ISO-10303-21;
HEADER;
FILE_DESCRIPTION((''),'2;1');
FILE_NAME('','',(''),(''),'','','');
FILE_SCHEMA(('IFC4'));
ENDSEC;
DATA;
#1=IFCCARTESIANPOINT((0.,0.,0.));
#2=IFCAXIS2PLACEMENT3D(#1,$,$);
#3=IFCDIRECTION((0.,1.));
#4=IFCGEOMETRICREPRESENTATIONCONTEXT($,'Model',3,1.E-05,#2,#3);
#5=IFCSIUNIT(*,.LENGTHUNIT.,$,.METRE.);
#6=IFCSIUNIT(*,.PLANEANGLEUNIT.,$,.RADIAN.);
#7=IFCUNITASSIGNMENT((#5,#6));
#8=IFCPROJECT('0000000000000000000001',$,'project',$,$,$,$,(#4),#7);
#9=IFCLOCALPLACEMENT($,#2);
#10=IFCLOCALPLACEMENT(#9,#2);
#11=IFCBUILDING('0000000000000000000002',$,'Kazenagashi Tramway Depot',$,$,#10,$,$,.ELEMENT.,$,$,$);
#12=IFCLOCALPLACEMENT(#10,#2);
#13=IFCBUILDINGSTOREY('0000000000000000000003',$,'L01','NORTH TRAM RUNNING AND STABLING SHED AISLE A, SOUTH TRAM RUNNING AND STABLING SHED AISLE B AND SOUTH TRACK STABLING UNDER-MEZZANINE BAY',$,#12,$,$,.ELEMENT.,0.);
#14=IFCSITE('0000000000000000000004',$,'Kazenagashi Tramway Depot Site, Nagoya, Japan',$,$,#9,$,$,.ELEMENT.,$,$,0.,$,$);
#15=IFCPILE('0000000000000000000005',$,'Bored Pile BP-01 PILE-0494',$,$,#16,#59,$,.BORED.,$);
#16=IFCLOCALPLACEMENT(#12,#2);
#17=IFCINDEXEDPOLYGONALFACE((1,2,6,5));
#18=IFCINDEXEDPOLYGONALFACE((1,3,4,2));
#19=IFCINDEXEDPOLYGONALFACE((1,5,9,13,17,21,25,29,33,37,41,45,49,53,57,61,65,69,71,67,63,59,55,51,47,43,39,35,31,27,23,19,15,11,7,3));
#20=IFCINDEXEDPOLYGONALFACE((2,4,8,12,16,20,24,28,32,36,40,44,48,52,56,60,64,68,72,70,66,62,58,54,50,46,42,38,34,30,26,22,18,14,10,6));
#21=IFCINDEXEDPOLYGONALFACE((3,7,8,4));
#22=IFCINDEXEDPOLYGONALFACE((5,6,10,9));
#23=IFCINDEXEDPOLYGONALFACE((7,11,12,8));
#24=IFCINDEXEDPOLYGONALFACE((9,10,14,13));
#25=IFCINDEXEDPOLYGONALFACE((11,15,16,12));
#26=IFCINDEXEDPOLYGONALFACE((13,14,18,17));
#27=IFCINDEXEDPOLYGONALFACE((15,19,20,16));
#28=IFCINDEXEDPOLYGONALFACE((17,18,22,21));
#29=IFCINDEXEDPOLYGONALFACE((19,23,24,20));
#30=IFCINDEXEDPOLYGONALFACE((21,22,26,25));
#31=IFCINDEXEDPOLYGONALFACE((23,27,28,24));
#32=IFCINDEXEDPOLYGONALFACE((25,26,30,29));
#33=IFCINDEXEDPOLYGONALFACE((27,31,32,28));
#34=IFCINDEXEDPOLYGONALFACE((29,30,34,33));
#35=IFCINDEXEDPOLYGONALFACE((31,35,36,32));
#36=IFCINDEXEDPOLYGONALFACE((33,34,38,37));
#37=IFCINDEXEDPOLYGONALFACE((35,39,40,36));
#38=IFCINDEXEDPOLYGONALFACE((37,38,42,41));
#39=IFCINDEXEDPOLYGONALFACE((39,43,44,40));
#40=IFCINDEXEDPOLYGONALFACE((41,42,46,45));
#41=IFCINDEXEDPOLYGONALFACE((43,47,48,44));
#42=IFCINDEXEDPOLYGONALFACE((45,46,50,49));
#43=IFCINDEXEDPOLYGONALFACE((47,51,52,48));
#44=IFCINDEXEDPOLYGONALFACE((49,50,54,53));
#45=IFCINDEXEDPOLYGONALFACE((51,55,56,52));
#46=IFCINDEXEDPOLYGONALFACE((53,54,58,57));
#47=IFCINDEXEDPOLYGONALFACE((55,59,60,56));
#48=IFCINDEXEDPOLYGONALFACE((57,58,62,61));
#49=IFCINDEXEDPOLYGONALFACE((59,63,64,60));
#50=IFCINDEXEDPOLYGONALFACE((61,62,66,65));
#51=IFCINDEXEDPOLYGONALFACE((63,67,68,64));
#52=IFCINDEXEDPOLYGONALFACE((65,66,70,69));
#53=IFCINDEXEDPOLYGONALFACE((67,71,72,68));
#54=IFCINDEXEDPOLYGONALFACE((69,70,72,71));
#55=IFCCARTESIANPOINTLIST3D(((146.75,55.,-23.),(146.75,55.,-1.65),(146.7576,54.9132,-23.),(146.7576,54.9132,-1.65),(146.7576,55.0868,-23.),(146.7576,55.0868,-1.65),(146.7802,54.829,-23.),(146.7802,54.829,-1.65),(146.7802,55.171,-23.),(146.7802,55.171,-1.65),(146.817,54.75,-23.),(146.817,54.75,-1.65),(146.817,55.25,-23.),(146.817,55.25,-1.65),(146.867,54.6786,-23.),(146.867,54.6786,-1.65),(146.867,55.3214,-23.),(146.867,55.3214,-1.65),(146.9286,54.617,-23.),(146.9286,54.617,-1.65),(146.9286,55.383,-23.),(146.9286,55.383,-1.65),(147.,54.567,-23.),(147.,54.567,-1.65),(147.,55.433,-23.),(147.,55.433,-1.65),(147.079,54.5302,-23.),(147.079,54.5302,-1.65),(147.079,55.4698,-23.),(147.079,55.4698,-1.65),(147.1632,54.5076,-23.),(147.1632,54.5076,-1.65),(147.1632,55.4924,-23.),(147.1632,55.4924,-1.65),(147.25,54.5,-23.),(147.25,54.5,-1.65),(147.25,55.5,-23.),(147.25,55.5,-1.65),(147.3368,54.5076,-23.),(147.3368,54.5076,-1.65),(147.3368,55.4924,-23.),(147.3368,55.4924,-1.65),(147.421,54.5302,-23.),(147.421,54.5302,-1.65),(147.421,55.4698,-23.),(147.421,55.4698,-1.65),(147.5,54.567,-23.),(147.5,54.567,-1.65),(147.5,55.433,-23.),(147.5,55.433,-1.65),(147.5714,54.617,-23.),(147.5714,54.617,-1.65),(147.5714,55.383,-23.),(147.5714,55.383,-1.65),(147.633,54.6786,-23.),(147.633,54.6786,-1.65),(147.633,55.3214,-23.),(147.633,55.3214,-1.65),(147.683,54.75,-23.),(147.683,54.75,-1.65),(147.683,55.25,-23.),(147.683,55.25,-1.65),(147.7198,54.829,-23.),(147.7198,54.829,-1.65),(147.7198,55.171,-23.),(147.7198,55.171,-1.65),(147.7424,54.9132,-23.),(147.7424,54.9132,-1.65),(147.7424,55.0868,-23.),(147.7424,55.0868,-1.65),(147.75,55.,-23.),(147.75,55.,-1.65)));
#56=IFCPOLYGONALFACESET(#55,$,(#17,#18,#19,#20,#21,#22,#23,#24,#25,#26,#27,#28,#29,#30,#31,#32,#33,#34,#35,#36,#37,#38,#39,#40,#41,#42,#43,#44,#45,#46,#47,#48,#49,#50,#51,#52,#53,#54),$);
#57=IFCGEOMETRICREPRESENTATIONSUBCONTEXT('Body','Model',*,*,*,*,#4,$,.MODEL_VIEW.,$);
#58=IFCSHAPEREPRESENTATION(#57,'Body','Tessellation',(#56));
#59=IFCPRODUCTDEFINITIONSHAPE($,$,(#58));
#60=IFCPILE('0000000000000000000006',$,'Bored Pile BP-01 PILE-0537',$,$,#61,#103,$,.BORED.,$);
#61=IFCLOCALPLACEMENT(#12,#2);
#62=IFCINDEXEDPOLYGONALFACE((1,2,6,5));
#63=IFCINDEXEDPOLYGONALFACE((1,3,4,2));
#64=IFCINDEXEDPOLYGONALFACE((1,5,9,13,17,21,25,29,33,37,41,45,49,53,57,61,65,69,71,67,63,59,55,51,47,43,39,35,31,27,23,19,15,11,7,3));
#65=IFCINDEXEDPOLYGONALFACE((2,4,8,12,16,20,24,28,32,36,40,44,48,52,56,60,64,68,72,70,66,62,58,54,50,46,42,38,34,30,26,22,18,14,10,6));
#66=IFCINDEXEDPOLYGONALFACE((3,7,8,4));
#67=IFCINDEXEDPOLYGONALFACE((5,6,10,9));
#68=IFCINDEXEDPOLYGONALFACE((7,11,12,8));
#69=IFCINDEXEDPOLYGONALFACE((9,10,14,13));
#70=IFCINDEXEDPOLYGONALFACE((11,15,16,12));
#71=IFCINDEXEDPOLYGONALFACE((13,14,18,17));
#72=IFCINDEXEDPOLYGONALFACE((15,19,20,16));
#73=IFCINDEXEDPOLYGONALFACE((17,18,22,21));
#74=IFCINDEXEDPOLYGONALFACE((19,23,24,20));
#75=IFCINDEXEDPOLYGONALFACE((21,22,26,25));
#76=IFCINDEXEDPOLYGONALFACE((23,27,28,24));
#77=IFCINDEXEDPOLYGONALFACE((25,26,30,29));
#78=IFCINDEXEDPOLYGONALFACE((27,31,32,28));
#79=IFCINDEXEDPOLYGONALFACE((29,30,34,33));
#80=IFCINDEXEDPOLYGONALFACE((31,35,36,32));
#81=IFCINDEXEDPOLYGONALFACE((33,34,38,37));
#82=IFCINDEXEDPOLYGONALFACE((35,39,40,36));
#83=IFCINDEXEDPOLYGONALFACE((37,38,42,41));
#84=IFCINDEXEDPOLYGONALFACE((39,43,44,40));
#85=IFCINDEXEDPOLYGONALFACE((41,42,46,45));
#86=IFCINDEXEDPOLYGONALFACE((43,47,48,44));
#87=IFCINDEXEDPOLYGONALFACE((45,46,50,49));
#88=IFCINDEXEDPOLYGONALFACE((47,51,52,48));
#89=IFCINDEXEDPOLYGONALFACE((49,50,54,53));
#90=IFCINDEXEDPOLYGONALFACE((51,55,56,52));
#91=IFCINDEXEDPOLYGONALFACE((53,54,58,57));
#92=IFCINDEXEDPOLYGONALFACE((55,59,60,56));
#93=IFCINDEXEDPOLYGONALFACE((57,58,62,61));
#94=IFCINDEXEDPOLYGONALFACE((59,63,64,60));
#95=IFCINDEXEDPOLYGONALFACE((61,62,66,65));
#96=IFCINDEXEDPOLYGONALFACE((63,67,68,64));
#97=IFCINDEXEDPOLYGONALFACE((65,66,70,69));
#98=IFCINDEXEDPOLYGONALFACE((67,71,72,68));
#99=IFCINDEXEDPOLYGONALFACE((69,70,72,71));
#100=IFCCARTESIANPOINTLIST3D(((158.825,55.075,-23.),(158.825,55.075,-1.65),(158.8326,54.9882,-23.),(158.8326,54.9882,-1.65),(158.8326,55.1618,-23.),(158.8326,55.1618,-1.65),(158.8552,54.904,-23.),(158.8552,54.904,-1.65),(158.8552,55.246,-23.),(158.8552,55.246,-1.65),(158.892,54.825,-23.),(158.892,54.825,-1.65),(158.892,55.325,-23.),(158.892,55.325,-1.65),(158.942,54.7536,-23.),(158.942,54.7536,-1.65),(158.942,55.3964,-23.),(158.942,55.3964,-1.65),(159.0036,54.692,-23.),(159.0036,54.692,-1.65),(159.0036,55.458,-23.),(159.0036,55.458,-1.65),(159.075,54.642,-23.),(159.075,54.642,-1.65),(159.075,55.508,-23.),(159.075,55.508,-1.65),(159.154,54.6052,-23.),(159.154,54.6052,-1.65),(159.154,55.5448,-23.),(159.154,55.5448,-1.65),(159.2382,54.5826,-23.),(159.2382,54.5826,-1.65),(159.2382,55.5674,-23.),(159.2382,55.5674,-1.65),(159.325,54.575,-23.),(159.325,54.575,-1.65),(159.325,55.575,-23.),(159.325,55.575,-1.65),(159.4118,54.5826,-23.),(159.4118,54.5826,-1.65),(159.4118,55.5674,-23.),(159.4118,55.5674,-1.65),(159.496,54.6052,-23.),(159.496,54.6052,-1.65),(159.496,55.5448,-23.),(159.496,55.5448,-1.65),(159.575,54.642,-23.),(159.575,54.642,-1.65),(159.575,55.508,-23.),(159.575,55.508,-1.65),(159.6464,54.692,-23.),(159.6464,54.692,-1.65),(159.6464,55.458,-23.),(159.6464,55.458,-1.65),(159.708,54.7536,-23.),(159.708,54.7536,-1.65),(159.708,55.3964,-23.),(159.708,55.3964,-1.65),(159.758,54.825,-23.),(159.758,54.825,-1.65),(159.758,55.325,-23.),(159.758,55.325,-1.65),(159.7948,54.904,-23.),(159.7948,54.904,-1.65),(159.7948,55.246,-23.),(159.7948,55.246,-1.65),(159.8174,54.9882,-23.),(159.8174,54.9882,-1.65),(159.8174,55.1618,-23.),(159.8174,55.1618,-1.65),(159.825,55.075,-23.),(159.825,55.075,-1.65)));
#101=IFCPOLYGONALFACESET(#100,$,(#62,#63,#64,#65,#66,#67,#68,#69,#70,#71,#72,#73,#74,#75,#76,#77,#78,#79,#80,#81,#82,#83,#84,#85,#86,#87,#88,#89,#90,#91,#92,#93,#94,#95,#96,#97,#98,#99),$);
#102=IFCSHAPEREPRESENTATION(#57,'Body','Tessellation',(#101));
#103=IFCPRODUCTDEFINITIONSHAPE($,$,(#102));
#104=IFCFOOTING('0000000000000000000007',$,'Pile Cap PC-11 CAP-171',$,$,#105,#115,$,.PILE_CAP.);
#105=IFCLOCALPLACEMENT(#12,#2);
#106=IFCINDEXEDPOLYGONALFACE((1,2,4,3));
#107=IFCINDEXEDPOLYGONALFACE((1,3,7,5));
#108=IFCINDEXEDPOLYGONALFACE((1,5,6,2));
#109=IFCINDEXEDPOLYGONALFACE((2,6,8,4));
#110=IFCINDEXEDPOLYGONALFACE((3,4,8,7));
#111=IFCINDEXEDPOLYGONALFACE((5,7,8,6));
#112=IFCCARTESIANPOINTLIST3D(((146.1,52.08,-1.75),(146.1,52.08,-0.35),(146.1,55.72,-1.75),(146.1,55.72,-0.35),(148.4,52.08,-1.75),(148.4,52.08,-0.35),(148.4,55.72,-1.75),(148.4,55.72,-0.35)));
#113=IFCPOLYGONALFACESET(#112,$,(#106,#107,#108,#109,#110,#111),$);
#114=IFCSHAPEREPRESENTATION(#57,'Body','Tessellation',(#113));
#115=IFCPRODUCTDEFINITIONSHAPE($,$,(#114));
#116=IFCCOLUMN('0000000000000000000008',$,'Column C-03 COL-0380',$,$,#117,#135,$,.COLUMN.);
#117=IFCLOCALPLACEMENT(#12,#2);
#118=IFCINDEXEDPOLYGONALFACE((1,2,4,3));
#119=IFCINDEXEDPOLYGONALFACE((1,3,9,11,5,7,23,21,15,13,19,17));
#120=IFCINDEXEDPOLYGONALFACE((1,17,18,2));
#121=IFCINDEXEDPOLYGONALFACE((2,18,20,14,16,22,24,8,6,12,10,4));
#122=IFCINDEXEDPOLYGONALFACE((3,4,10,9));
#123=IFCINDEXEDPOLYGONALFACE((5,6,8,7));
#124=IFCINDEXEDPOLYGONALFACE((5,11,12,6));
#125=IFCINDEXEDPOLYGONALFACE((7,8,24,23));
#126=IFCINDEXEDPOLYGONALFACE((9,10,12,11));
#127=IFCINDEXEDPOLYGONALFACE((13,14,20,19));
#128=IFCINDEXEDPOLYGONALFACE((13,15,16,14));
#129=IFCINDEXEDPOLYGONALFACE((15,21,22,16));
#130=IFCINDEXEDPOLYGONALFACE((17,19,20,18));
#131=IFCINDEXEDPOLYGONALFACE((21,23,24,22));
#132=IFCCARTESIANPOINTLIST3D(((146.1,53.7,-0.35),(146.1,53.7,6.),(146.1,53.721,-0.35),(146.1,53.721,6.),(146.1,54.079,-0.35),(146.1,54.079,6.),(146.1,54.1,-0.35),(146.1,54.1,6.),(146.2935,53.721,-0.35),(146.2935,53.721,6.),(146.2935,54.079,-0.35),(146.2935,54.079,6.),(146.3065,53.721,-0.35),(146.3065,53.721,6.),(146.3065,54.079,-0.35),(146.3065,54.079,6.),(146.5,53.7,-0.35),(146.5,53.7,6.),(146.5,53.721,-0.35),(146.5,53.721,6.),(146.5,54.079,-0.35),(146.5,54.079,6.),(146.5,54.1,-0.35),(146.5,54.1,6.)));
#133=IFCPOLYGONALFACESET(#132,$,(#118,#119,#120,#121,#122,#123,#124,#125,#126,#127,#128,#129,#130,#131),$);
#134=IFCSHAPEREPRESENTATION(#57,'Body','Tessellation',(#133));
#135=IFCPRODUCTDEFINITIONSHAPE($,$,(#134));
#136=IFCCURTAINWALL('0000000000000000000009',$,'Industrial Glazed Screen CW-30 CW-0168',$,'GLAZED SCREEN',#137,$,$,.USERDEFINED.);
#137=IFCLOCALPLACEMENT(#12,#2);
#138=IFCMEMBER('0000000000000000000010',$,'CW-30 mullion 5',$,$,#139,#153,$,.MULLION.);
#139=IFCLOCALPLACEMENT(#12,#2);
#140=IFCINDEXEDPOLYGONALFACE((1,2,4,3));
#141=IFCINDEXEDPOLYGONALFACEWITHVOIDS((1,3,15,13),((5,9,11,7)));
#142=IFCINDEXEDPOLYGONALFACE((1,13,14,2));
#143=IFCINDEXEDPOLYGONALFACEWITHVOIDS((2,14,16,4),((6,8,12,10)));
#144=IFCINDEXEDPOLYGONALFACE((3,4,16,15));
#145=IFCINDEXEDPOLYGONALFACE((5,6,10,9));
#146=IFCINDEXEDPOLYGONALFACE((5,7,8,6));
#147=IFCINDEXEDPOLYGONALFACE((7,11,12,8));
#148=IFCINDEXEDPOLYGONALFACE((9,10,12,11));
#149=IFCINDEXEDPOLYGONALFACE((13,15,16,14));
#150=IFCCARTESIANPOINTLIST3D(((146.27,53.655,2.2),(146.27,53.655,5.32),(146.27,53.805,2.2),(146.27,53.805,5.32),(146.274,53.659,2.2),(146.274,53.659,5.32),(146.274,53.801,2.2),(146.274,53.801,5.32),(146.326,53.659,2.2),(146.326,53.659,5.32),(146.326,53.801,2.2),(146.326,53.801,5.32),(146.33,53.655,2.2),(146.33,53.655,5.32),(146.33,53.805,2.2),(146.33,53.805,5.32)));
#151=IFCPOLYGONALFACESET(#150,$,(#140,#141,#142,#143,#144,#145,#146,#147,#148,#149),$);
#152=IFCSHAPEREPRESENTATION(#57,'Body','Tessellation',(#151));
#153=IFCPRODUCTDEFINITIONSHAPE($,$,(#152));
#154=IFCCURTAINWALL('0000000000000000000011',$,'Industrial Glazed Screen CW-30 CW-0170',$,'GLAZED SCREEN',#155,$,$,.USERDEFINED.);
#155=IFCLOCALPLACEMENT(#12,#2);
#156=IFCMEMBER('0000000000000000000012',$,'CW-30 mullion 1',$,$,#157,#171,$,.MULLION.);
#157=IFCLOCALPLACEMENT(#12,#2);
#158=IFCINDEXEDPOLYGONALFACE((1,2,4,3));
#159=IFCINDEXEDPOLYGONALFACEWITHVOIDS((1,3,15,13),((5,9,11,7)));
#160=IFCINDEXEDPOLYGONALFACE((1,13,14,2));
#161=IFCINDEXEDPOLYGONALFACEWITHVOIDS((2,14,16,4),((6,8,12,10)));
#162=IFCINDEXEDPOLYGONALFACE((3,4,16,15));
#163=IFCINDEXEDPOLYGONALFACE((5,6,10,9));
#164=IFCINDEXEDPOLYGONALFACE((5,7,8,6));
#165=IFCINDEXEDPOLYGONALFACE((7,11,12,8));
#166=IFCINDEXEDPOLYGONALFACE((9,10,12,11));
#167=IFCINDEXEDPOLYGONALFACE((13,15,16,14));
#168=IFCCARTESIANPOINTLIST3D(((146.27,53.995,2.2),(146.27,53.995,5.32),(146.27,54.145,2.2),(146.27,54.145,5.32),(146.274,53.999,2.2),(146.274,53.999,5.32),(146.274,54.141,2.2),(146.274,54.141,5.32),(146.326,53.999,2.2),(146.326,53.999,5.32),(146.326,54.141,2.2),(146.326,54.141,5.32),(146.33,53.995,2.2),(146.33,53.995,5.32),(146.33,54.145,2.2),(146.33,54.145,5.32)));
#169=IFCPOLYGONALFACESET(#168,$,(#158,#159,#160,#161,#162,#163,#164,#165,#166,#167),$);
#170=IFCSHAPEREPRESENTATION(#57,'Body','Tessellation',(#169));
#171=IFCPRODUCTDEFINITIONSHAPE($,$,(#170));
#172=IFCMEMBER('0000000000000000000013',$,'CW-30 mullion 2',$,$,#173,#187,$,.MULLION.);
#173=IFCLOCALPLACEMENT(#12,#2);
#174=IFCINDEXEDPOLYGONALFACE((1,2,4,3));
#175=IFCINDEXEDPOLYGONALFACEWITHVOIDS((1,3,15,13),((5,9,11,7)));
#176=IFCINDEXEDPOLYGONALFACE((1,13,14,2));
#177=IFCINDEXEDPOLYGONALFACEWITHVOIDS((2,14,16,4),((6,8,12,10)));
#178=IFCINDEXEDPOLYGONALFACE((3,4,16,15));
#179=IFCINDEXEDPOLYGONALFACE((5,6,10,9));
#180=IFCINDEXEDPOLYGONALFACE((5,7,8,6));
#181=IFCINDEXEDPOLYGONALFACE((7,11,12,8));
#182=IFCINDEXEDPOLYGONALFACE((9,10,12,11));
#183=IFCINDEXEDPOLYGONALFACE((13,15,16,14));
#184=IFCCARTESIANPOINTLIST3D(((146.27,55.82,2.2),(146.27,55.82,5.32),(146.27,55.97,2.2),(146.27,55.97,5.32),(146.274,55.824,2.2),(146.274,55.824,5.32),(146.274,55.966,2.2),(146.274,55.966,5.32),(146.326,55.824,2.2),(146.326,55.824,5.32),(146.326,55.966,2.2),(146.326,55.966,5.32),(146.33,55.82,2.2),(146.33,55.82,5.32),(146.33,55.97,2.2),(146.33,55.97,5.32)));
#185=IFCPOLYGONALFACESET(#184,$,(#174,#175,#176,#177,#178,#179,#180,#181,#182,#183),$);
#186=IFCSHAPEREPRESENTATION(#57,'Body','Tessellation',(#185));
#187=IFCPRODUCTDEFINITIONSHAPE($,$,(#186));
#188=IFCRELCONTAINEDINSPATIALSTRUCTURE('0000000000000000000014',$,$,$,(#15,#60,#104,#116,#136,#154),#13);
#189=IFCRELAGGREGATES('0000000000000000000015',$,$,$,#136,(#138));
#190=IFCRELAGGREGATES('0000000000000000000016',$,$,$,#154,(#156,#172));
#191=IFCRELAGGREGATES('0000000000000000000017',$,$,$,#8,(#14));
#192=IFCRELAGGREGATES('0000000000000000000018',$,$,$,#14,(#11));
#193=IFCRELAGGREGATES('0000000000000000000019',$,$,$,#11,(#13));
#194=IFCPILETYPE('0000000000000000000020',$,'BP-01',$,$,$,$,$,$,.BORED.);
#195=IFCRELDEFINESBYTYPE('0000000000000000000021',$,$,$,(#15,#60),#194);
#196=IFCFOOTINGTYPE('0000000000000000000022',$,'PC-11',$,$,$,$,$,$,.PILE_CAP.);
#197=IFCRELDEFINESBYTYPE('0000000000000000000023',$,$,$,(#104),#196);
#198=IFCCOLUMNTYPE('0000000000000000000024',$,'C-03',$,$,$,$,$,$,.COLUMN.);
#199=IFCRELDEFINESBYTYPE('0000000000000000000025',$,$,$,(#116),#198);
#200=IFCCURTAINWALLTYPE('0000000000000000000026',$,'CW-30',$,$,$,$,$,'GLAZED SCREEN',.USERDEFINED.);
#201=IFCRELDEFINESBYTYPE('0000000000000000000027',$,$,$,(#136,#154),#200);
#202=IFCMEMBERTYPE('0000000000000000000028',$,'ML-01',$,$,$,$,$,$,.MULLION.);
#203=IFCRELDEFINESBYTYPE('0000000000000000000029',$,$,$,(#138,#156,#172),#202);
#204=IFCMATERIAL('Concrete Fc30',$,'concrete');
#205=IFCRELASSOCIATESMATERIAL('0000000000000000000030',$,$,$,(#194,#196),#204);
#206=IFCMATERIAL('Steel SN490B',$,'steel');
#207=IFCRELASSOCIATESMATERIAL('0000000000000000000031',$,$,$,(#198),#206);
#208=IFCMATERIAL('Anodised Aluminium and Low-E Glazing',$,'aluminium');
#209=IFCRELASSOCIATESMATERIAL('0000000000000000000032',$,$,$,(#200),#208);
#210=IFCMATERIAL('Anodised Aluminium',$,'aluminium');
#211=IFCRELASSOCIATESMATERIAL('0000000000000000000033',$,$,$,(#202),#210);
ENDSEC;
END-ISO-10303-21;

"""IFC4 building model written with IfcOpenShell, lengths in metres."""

from ifc_helpers import new_model, si_unit, direction, frame, origin, origin_2d, place, context, subcontext, project, spatial, rectangle, hollow_rectangle, circle, i_section, extrude, material, material_profile, profile_set, type_object, element, aggregate, save


model = new_model("IFC4")

# Units and contexts
model_context = context("Model", 3, precision=1e-05, world=origin(), true_north=direction((0.0, 1.0)))
body_context = subcontext(model_context, "Body", "Model", "MODEL_VIEW")
ifc_project = project(units=[si_unit("LENGTHUNIT", "METRE"), si_unit("PLANEANGLEUNIT", "RADIAN")], contexts=[model_context])

# Site, building, storey
site_placement = place(None, origin())
site = spatial("IfcSite", under=ifc_project, at=site_placement, Name="Kazenagashi Tramway Depot Site, Nagoya, Japan", CompositionType="ELEMENT", RefElevation=0.0)
building_placement = place(site_placement, origin())
building = spatial("IfcBuilding", under=site, at=building_placement, Name="Kazenagashi Tramway Depot", CompositionType="ELEMENT")
storey_placement = place(building_placement, origin())
storey = spatial("IfcBuildingStorey", under=building, at=storey_placement, Name="L01", Description="NORTH TRAM RUNNING AND STABLING SHED AISLE A, SOUTH TRAM RUNNING AND STABLING SHED AISLE B AND SOUTH TRACK STABLING UNDER-MEZZANINE BAY", CompositionType="ELEMENT", Elevation=0.0)

# Piles
ifc_material_1 = material(Name="Concrete Fc30", Category="concrete")
ifc_material_profile_1 = material_profile(ifc_material_1, circle(Radius=0.5, at=origin_2d()), Name="PILE-1000")
ifc_profile_set_1 = profile_set([ifc_material_profile_1], Name="Concrete Fc30")
pile_type = type_object("IfcPileType", Name="BP-01", PredefinedType="BORED", material=ifc_profile_set_1)
for number, where, z_axis, x_axis, name in (
    (1, (147.25, 55.0, -1.65), (0.0, 0.0, -1.0), (1.0, 0.0, 0.0), "Bored Pile BP-01 PILE-0494"),
    (2, (159.325, 55.075, -1.65), (0.0, 0.0, -1.0), (1.0, 0.0, 0.0), "Bored Pile BP-01 PILE-0537"),
):
    element("IfcPile", number, at=place(storey_placement, frame(where, z_axis=z_axis, x_axis=x_axis)), inside=storey, type_object=pile_type, Name=name, PredefinedType="BORED", context=body_context, shape_type="SweptSolid", body=[
        extrude(circle(Radius=0.5, at=origin_2d()), origin(), (0.0, 0.0, 1.0), 21.35),
    ])

# Footing
footing_type = type_object("IfcFootingType", Name="PC-11", PredefinedType="PILE_CAP", material=ifc_material_1)
footing_placement = place(storey_placement, frame((147.25, 53.9, -1.75), z_axis=(0.0, 0.0, 1.0), x_axis=(1.0, 0.0, 0.0)))
element("IfcFooting", 3, at=footing_placement, inside=storey, type_object=footing_type, Name="Pile Cap PC-11 CAP-171", PredefinedType="PILE_CAP", context=body_context, shape_type="SweptSolid", body=[
    extrude(rectangle(XDim=2.3, YDim=3.64, at=origin_2d()), origin(), (0.0, 0.0, 1.0), 1.4),
])

# Column
ifc_material_2 = material(Name="Steel SN490B", Category="steel")
ifc_material_profile_2 = material_profile(ifc_material_2, i_section(OverallWidth=0.4, OverallDepth=0.4, WebThickness=0.013, FlangeThickness=0.021, at=origin_2d()), Name="H-400x400x13x21")
ifc_profile_set_2 = profile_set([ifc_material_profile_2], Name="Steel SN490B")
column_type = type_object("IfcColumnType", Name="C-03", PredefinedType="COLUMN", material=ifc_profile_set_2)
column_placement = place(storey_placement, frame((146.3, 53.9, -0.35), z_axis=(0.0, 0.0, 1.0), x_axis=(1.0, 0.0, 0.0)))
element("IfcColumn", 4, at=column_placement, inside=storey, type_object=column_type, Name="Column C-03 COL-0380", PredefinedType="COLUMN", context=body_context, shape_type="SweptSolid", body=[
    extrude(i_section(OverallWidth=0.4, OverallDepth=0.4, WebThickness=0.013, FlangeThickness=0.021, at=origin_2d()), origin(), (0.0, 0.0, 1.0), 6.35),
])

# Curtain wall, member
ifc_material_3 = material(Name="Anodised Aluminium and Low-E Glazing", Category="aluminium")
curtain_wall_type = type_object("IfcCurtainWallType", Name="CW-30", ElementType="GLAZED SCREEN", PredefinedType="USERDEFINED", material=ifc_material_3)
curtain_wall_1_placement = place(storey_placement, origin())
curtain_wall_1 = element("IfcCurtainWall", 5, at=curtain_wall_1_placement, inside=storey, type_object=curtain_wall_type, Name="Industrial Glazed Screen CW-30 CW-0168", ObjectType="GLAZED SCREEN", PredefinedType="USERDEFINED")
ifc_material_4 = material(Name="Anodised Aluminium", Category="aluminium")
ifc_material_profile_3 = material_profile(ifc_material_4, hollow_rectangle(XDim=0.06, YDim=0.15, WallThickness=0.004, at=origin_2d()), Name="RHS-150x60x4")
ifc_profile_set_3 = profile_set([ifc_material_profile_3], Name="Anodised Aluminium")
member_type_1 = type_object("IfcMemberType", Name="ML-01", PredefinedType="MULLION", material=ifc_profile_set_3)
member_1_placement = place(storey_placement, frame((146.3, 53.73, 2.2), z_axis=(0.0, 0.0, 1.0), x_axis=(-1.0, 0.0, 0.0)))
member_1 = element("IfcMember", 6, at=member_1_placement, type_object=member_type_1, Name="CW-30 mullion 5", PredefinedType="MULLION", context=body_context, shape_type="SweptSolid", body=[
    extrude(hollow_rectangle(XDim=0.06, YDim=0.15, WallThickness=0.004, at=origin_2d()), origin(), (0.0, 0.0, 1.0), 3.12),
])

# Curtain wall, members
curtain_wall_2_placement = place(storey_placement, origin())
curtain_wall_2 = element("IfcCurtainWall", 7, at=curtain_wall_2_placement, inside=storey, type_object=curtain_wall_type, Name="Industrial Glazed Screen CW-30 CW-0170", ObjectType="GLAZED SCREEN", PredefinedType="USERDEFINED")
member_2_placement = place(storey_placement, frame((146.3, 54.07, 2.2), z_axis=(0.0, 0.0, 1.0), x_axis=(-1.0, 0.0, 0.0)))
member_2 = element("IfcMember", 8, at=member_2_placement, type_object=member_type_1, Name="CW-30 mullion 1", PredefinedType="MULLION", context=body_context, shape_type="SweptSolid", body=[
    extrude(hollow_rectangle(XDim=0.06, YDim=0.15, WallThickness=0.004, at=origin_2d()), origin(), (0.0, 0.0, 1.0), 3.12),
])
member_3_placement = place(storey_placement, frame((146.3, 55.895, 2.2), z_axis=(0.0, 0.0, 1.0), x_axis=(-1.0, 0.0, 0.0)))
member_3 = element("IfcMember", 9, at=member_3_placement, type_object=member_type_1, Name="CW-30 mullion 2", PredefinedType="MULLION", context=body_context, shape_type="SweptSolid", body=[
    extrude(hollow_rectangle(XDim=0.06, YDim=0.15, WallThickness=0.004, at=origin_2d()), origin(), (0.0, 0.0, 1.0), 3.12),
])

aggregate(curtain_wall_1, [member_1])
aggregate(curtain_wall_2, [member_2, member_3])

save(model, "model.ifc")
